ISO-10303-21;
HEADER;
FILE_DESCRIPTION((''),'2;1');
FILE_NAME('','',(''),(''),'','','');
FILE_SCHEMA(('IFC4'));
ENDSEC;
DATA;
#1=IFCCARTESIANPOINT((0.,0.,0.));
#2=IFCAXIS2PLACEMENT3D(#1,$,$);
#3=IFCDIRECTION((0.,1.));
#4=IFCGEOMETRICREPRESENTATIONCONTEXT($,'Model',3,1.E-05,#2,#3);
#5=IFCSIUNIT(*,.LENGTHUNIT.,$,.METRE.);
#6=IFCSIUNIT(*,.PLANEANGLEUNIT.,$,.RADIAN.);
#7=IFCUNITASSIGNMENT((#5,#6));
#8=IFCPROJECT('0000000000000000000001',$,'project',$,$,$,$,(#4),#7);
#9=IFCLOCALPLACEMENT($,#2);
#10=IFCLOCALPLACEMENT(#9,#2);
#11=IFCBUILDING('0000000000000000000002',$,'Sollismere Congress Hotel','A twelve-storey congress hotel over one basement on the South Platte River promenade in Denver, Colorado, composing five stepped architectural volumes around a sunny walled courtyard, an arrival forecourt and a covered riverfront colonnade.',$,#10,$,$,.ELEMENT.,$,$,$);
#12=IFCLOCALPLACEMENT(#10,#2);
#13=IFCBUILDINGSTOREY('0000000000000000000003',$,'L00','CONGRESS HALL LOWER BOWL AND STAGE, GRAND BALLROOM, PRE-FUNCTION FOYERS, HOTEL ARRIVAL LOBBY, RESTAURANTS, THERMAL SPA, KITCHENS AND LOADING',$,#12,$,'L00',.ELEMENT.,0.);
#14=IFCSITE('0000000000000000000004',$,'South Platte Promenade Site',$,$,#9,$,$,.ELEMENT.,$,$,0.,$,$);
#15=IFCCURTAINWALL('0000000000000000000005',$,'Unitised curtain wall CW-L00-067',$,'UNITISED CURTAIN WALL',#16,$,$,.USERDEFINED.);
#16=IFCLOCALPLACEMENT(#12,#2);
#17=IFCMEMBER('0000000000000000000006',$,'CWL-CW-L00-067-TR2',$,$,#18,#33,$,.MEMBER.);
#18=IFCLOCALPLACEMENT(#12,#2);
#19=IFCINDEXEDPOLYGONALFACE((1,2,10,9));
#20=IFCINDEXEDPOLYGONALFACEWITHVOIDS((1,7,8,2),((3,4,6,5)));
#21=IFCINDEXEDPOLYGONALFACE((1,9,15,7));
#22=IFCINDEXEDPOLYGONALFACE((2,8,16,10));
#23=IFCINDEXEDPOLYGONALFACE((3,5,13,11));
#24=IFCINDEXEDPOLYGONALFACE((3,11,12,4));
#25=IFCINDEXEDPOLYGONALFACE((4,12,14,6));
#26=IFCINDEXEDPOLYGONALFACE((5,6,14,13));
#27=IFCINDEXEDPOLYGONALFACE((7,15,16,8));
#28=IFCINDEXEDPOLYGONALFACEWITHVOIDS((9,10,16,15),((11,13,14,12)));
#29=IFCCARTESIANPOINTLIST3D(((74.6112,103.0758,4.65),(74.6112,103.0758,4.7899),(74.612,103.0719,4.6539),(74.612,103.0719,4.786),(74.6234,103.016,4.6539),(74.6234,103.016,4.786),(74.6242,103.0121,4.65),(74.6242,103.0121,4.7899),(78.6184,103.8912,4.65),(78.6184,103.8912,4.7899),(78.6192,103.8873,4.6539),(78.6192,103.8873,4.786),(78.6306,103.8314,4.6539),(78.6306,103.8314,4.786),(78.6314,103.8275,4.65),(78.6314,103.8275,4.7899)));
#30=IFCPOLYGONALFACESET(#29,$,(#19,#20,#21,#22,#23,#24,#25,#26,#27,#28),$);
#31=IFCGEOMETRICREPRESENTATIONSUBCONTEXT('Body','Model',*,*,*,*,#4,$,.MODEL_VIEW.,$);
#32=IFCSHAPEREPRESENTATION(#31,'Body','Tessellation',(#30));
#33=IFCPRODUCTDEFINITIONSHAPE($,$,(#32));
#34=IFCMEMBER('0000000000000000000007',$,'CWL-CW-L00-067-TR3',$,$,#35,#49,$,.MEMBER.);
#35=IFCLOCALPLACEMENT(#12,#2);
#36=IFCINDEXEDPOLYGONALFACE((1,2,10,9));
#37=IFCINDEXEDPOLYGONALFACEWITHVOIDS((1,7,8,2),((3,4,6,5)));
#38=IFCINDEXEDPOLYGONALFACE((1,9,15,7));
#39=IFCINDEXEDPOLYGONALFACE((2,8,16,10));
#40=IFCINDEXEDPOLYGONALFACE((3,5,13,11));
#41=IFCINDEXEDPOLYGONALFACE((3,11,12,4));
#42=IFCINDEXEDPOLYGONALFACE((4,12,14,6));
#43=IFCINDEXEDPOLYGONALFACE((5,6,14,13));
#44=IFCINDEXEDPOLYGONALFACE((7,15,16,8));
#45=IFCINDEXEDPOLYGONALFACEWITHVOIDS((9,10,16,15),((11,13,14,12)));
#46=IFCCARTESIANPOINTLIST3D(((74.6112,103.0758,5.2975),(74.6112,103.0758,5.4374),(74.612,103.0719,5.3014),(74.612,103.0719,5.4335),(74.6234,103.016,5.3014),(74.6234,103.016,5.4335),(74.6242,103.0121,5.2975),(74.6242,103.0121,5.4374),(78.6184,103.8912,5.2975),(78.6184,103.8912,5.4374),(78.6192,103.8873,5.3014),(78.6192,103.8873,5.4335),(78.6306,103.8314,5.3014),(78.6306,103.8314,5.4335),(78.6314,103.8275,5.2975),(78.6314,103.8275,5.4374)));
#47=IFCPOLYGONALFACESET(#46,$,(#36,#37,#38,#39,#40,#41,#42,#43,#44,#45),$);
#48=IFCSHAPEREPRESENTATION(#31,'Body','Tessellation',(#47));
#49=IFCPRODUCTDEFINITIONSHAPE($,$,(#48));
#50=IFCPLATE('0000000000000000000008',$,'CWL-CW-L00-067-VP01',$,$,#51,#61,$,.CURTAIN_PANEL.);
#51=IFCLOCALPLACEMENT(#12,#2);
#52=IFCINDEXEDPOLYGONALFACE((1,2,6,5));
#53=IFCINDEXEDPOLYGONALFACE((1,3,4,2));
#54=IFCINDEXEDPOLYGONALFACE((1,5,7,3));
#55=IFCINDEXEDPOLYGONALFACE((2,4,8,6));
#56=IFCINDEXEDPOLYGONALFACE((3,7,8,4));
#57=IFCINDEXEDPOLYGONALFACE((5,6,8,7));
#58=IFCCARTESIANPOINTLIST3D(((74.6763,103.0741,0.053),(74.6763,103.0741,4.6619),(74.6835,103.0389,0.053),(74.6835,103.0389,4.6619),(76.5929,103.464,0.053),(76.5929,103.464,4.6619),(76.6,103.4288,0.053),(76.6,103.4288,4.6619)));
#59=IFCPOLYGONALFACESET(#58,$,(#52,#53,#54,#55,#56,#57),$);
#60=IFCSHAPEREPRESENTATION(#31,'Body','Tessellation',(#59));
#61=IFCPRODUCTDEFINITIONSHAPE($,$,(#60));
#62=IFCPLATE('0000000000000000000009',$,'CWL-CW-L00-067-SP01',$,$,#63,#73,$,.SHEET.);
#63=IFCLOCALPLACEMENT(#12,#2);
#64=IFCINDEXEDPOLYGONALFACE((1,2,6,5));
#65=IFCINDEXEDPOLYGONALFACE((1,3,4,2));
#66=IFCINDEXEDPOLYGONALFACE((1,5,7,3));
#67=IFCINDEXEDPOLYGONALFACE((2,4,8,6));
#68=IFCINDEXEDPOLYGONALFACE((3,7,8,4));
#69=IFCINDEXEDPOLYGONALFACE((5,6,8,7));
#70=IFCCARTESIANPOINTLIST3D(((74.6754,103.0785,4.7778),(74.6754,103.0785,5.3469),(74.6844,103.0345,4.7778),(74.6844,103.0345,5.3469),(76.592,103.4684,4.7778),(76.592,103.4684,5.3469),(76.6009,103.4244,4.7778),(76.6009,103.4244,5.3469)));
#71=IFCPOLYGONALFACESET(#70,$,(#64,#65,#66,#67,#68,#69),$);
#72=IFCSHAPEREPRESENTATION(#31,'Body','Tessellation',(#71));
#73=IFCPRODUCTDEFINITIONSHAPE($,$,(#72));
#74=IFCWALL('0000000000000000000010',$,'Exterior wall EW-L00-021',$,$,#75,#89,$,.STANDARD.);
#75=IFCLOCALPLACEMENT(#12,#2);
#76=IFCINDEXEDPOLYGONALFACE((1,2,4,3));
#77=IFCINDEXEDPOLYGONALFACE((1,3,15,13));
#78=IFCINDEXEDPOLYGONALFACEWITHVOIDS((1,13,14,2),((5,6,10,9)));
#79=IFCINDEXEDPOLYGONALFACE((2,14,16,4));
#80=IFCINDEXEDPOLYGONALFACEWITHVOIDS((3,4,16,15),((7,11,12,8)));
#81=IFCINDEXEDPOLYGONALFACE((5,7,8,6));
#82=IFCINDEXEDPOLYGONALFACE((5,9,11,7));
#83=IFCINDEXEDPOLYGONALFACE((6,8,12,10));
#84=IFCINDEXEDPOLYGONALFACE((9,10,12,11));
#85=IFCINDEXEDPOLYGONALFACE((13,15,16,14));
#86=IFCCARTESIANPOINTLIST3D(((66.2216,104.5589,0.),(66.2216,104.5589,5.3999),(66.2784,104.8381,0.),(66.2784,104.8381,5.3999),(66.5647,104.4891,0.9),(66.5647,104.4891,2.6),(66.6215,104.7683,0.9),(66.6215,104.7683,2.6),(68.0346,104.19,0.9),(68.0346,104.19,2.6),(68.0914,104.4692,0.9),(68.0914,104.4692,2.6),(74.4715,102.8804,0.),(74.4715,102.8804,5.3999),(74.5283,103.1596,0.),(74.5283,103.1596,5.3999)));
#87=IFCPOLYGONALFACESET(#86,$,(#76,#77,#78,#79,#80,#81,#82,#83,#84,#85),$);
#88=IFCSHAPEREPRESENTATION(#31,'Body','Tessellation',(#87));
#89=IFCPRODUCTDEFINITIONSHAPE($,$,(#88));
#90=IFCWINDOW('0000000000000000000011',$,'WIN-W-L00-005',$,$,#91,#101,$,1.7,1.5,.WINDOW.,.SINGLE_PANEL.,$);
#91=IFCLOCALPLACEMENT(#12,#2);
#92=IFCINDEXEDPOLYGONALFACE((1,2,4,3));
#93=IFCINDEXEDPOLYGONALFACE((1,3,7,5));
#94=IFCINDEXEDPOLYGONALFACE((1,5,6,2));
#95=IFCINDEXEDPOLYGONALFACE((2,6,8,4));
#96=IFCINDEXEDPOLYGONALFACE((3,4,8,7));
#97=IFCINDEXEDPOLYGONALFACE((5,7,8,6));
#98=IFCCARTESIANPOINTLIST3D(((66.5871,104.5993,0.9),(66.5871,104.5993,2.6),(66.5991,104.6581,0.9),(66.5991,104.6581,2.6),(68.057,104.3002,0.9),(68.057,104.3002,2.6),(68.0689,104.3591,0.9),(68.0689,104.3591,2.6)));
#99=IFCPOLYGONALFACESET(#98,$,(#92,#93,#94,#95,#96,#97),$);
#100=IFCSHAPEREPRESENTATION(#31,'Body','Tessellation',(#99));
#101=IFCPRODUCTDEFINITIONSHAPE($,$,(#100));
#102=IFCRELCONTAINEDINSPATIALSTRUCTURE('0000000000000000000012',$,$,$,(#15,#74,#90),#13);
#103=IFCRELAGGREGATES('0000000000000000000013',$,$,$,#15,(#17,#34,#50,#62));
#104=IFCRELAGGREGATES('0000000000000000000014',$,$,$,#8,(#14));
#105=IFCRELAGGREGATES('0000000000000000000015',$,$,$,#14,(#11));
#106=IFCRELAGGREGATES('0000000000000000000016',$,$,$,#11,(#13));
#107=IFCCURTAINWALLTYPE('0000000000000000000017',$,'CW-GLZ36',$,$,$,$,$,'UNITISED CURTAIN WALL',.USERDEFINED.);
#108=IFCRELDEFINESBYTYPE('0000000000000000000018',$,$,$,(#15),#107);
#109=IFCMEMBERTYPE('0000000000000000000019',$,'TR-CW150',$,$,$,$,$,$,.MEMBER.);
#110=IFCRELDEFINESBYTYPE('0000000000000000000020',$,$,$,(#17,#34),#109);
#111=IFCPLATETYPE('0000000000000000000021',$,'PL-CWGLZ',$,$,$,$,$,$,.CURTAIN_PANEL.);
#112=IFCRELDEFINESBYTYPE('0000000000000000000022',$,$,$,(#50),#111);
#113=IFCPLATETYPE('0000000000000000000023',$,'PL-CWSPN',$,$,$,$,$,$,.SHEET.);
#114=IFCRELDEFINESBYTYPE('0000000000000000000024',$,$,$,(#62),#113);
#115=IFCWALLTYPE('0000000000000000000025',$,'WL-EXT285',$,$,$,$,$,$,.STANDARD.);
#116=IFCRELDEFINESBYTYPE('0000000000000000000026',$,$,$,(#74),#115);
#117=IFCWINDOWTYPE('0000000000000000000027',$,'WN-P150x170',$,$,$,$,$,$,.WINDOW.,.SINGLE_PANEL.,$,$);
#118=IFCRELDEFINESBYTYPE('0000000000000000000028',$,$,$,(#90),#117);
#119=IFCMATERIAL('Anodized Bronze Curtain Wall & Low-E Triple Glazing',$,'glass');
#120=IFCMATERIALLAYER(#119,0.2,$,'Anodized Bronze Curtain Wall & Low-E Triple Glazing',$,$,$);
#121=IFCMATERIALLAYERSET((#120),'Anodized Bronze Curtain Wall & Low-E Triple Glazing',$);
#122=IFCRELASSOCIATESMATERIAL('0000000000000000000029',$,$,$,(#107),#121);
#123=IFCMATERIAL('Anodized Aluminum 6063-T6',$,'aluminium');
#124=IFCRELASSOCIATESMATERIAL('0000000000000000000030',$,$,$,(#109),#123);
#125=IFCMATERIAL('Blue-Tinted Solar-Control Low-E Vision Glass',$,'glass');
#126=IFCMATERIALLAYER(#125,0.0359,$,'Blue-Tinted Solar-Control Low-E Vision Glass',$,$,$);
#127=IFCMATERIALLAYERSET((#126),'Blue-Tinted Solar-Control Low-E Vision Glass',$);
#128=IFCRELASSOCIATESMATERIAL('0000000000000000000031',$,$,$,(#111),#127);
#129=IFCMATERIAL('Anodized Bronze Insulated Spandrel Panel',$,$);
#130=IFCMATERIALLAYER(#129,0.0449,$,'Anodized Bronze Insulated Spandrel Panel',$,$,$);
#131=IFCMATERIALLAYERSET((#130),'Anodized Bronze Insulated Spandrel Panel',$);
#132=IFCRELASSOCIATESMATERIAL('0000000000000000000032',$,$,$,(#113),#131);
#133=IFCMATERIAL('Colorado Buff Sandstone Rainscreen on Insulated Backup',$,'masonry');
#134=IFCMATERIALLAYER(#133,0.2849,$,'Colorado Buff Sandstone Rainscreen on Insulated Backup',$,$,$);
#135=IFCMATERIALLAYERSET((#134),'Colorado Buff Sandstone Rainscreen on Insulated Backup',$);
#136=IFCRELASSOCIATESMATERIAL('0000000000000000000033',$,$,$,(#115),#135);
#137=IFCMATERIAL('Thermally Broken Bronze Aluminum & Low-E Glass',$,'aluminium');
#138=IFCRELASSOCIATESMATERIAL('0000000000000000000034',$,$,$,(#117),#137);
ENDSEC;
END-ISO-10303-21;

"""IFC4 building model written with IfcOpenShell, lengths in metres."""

from ifc_helpers import new_model, si_unit, direction, frame, frame_2d, origin, origin_2d, place, context, subcontext, project, spatial, rectangle, hollow_rectangle, extrude, material, layer, layer_set, material_profile, profile_set, type_object, element, fill, aggregate, save


model = new_model("IFC4")

# Units and contexts
model_context = context("Model", 3, precision=1e-05, world=origin(), true_north=direction((0.0, 1.0)))
body_context = subcontext(model_context, "Body", "Model", "MODEL_VIEW")
ifc_project = project(units=[si_unit("LENGTHUNIT", "METRE"), si_unit("PLANEANGLEUNIT", "RADIAN")], contexts=[model_context])

# Site, building, storey
site_placement = place(None, origin())
site = spatial("IfcSite", under=ifc_project, at=site_placement, Name="South Platte Promenade Site", CompositionType="ELEMENT", RefElevation=0.0)
building_placement = place(site_placement, origin())
building = spatial("IfcBuilding", under=site, at=building_placement, Name="Sollismere Congress Hotel", Description="A twelve-storey congress hotel over one basement on the South Platte River promenade in Denver, Colorado, composing five stepped architectural volumes around a sunny walled courtyard, an arrival forecourt and a covered riverfront colonnade.", CompositionType="ELEMENT")
storey_placement = place(building_placement, origin())
storey = spatial("IfcBuildingStorey", under=building, at=storey_placement, Name="L00", Description="CONGRESS HALL LOWER BOWL AND STAGE, GRAND BALLROOM, PRE-FUNCTION FOYERS, HOTEL ARRIVAL LOBBY, RESTAURANTS, THERMAL SPA, KITCHENS AND LOADING", LongName="L00", CompositionType="ELEMENT", Elevation=0.0)

# Curtain wall, members, plates
ifc_material_1 = material(Name="Anodized Bronze Curtain Wall & Low-E Triple Glazing", Category="glass")
ifc_layer_1 = layer(ifc_material_1, 0.2, Name="Anodized Bronze Curtain Wall & Low-E Triple Glazing")
ifc_layer_set_1 = layer_set([ifc_layer_1], Name="Anodized Bronze Curtain Wall & Low-E Triple Glazing")
curtain_wall_type = type_object("IfcCurtainWallType", Name="CW-GLZ36", ElementType="UNITISED CURTAIN WALL", PredefinedType="USERDEFINED", material=ifc_layer_set_1)
curtain_wall_placement = place(storey_placement, origin())
curtain_wall = element("IfcCurtainWall", 1, at=curtain_wall_placement, inside=storey, type_object=curtain_wall_type, Name="Unitised curtain wall CW-L00-067", ObjectType="UNITISED CURTAIN WALL", PredefinedType="USERDEFINED")
ifc_material_2 = material(Name="Anodized Aluminum 6063-T6", Category="aluminium")
ifc_material_profile_1 = material_profile(ifc_material_2, hollow_rectangle(XDim=0.0649, YDim=0.1399, WallThickness=0.0039, at=origin_2d()), Name="ALU140X65X4")
ifc_profile_set_1 = profile_set([ifc_material_profile_1], Name="Anodized Aluminum 6063-T6")
member_type_1 = type_object("IfcMemberType", Name="TR-CW150", PredefinedType="MEMBER", material=ifc_profile_set_1)
member_1_placement = place(storey_placement, frame((74.6177, 103.0439, 4.72), z_axis=(0.979918, 0.199399, 0.0), x_axis=(-0.199399, 0.979918, 0.0)))
member_1 = element("IfcMember", 2, at=member_1_placement, type_object=member_type_1, Name="CWL-CW-L00-067-TR2", PredefinedType="MEMBER", context=body_context, shape_type="SweptSolid", body=[
    extrude(hollow_rectangle(XDim=0.0649, YDim=0.1399, WallThickness=0.0039, at=origin_2d()), origin(), (0.0, 0.0, 1.0), 4.0894),
])
member_2_placement = place(storey_placement, frame((74.6177, 103.0439, 5.3674), z_axis=(0.979918, 0.199399, 0.0), x_axis=(-0.199399, 0.979918, 0.0)))
member_2 = element("IfcMember", 3, at=member_2_placement, type_object=member_type_1, Name="CWL-CW-L00-067-TR3", PredefinedType="MEMBER", context=body_context, shape_type="SweptSolid", body=[
    extrude(hollow_rectangle(XDim=0.0649, YDim=0.1399, WallThickness=0.0039, at=origin_2d()), origin(), (0.0, 0.0, 1.0), 4.0894),
])
ifc_material_3 = material(Name="Blue-Tinted Solar-Control Low-E Vision Glass", Category="glass")
ifc_layer_2 = layer(ifc_material_3, 0.0359, Name="Blue-Tinted Solar-Control Low-E Vision Glass")
ifc_layer_set_2 = layer_set([ifc_layer_2], Name="Blue-Tinted Solar-Control Low-E Vision Glass")
plate_type_1 = type_object("IfcPlateType", Name="PL-CWGLZ", PredefinedType="CURTAIN_PANEL", material=ifc_layer_set_2)
plate_1_placement = place(storey_placement, frame((75.6382, 103.2515, 0.053), z_axis=(0.0, 0.0, 1.0), x_axis=(0.979925, 0.199368, 0.0)))
plate_1 = element("IfcPlate", 4, at=plate_1_placement, type_object=plate_type_1, Name="CWL-CW-L00-067-VP01", PredefinedType="CURTAIN_PANEL", context=body_context, shape_type="SweptSolid", body=[
    extrude(rectangle(XDim=1.9558, YDim=0.0359, at=origin_2d()), origin(), (0.0, 0.0, 1.0), 4.6089),
])
ifc_material_4 = material(Name="Anodized Bronze Insulated Spandrel Panel")
ifc_layer_3 = layer(ifc_material_4, 0.0449, Name="Anodized Bronze Insulated Spandrel Panel")
ifc_layer_set_3 = layer_set([ifc_layer_3], Name="Anodized Bronze Insulated Spandrel Panel")
plate_type_2 = type_object("IfcPlateType", Name="PL-CWSPN", PredefinedType="SHEET", material=ifc_layer_set_3)
plate_2_placement = place(storey_placement, frame((75.6382, 103.2515, 4.7778), z_axis=(0.0, 0.0, 1.0), x_axis=(0.979925, 0.199368, 0.0)))
plate_2 = element("IfcPlate", 5, at=plate_2_placement, type_object=plate_type_2, Name="CWL-CW-L00-067-SP01", PredefinedType="SHEET", context=body_context, shape_type="SweptSolid", body=[
    extrude(rectangle(XDim=1.9558, YDim=0.0449, at=origin_2d()), origin(), (0.0, 0.0, 1.0), 0.5691),
])
aggregate(curtain_wall, [member_1, member_2, plate_1, plate_2])

# Wall, opening, window
ifc_material_5 = material(Name="Colorado Buff Sandstone Rainscreen on Insulated Backup", Category="masonry")
ifc_layer_4 = layer(ifc_material_5, 0.2849, Name="Colorado Buff Sandstone Rainscreen on Insulated Backup")
ifc_layer_set_4 = layer_set([ifc_layer_4], Name="Colorado Buff Sandstone Rainscreen on Insulated Backup")
wall_type = type_object("IfcWallType", Name="WL-EXT285", PredefinedType="STANDARD", material=ifc_layer_set_4)
wall_placement = place(storey_placement, frame((66.25, 104.6985, 0.0), z_axis=(0.0, 0.0, 1.0), x_axis=(0.979925, -0.199366, 0.0)))
wall = element("IfcWall", 6, at=wall_placement, inside=storey, type_object=wall_type, Name="Exterior wall EW-L00-021", PredefinedType="STANDARD", context=body_context, shape_type="SweptSolid", body=[
    extrude(rectangle(XDim=8.4189, YDim=0.2849, at=frame_2d((4.2095, 0.0))), origin(), (0.0, 0.0, 1.0), 5.3999),
])
opening_placement = place(wall_placement, frame((0.3501, 0.0, 0.8999)))
opening = element("IfcOpeningElement", 7, at=opening_placement, cuts=wall, PredefinedType="OPENING", context=body_context, shape_type="SweptSolid", body=[
    extrude(rectangle(XDim=1.5, YDim=1.7, at=frame_2d((0.75, 0.8501))), frame((0.0, 0.1523, 0.0), z_axis=(0.0, -1.0, 0.0), x_axis=(1.0, 0.0, 0.0)), (0.0, 0.0, 1.0), 0.3049),
])
ifc_material_6 = material(Name="Thermally Broken Bronze Aluminum & Low-E Glass", Category="aluminium")
window_type = type_object("IfcWindowType", Name="WN-P150x170", PartitioningType="SINGLE_PANEL", PredefinedType="WINDOW", material=ifc_material_6)
window_placement = place(opening_placement, origin())
window = element("IfcWindow", 8, at=window_placement, inside=storey, type_object=window_type, Name="WIN-W-L00-005", OverallHeight=1.7, OverallWidth=1.5, PartitioningType="SINGLE_PANEL", PredefinedType="WINDOW", context=body_context, shape_type="SweptSolid", body=[
    extrude(rectangle(XDim=1.5, YDim=1.7, at=frame_2d((0.75, 0.8501))), frame((0.0, 0.03, 0.0), z_axis=(0.0, -1.0, 0.0), x_axis=(1.0, 0.0, 0.0)), (0.0, 0.0, 1.0), 0.0601),
])
fill(opening, window)

save(model, "model.ifc")
